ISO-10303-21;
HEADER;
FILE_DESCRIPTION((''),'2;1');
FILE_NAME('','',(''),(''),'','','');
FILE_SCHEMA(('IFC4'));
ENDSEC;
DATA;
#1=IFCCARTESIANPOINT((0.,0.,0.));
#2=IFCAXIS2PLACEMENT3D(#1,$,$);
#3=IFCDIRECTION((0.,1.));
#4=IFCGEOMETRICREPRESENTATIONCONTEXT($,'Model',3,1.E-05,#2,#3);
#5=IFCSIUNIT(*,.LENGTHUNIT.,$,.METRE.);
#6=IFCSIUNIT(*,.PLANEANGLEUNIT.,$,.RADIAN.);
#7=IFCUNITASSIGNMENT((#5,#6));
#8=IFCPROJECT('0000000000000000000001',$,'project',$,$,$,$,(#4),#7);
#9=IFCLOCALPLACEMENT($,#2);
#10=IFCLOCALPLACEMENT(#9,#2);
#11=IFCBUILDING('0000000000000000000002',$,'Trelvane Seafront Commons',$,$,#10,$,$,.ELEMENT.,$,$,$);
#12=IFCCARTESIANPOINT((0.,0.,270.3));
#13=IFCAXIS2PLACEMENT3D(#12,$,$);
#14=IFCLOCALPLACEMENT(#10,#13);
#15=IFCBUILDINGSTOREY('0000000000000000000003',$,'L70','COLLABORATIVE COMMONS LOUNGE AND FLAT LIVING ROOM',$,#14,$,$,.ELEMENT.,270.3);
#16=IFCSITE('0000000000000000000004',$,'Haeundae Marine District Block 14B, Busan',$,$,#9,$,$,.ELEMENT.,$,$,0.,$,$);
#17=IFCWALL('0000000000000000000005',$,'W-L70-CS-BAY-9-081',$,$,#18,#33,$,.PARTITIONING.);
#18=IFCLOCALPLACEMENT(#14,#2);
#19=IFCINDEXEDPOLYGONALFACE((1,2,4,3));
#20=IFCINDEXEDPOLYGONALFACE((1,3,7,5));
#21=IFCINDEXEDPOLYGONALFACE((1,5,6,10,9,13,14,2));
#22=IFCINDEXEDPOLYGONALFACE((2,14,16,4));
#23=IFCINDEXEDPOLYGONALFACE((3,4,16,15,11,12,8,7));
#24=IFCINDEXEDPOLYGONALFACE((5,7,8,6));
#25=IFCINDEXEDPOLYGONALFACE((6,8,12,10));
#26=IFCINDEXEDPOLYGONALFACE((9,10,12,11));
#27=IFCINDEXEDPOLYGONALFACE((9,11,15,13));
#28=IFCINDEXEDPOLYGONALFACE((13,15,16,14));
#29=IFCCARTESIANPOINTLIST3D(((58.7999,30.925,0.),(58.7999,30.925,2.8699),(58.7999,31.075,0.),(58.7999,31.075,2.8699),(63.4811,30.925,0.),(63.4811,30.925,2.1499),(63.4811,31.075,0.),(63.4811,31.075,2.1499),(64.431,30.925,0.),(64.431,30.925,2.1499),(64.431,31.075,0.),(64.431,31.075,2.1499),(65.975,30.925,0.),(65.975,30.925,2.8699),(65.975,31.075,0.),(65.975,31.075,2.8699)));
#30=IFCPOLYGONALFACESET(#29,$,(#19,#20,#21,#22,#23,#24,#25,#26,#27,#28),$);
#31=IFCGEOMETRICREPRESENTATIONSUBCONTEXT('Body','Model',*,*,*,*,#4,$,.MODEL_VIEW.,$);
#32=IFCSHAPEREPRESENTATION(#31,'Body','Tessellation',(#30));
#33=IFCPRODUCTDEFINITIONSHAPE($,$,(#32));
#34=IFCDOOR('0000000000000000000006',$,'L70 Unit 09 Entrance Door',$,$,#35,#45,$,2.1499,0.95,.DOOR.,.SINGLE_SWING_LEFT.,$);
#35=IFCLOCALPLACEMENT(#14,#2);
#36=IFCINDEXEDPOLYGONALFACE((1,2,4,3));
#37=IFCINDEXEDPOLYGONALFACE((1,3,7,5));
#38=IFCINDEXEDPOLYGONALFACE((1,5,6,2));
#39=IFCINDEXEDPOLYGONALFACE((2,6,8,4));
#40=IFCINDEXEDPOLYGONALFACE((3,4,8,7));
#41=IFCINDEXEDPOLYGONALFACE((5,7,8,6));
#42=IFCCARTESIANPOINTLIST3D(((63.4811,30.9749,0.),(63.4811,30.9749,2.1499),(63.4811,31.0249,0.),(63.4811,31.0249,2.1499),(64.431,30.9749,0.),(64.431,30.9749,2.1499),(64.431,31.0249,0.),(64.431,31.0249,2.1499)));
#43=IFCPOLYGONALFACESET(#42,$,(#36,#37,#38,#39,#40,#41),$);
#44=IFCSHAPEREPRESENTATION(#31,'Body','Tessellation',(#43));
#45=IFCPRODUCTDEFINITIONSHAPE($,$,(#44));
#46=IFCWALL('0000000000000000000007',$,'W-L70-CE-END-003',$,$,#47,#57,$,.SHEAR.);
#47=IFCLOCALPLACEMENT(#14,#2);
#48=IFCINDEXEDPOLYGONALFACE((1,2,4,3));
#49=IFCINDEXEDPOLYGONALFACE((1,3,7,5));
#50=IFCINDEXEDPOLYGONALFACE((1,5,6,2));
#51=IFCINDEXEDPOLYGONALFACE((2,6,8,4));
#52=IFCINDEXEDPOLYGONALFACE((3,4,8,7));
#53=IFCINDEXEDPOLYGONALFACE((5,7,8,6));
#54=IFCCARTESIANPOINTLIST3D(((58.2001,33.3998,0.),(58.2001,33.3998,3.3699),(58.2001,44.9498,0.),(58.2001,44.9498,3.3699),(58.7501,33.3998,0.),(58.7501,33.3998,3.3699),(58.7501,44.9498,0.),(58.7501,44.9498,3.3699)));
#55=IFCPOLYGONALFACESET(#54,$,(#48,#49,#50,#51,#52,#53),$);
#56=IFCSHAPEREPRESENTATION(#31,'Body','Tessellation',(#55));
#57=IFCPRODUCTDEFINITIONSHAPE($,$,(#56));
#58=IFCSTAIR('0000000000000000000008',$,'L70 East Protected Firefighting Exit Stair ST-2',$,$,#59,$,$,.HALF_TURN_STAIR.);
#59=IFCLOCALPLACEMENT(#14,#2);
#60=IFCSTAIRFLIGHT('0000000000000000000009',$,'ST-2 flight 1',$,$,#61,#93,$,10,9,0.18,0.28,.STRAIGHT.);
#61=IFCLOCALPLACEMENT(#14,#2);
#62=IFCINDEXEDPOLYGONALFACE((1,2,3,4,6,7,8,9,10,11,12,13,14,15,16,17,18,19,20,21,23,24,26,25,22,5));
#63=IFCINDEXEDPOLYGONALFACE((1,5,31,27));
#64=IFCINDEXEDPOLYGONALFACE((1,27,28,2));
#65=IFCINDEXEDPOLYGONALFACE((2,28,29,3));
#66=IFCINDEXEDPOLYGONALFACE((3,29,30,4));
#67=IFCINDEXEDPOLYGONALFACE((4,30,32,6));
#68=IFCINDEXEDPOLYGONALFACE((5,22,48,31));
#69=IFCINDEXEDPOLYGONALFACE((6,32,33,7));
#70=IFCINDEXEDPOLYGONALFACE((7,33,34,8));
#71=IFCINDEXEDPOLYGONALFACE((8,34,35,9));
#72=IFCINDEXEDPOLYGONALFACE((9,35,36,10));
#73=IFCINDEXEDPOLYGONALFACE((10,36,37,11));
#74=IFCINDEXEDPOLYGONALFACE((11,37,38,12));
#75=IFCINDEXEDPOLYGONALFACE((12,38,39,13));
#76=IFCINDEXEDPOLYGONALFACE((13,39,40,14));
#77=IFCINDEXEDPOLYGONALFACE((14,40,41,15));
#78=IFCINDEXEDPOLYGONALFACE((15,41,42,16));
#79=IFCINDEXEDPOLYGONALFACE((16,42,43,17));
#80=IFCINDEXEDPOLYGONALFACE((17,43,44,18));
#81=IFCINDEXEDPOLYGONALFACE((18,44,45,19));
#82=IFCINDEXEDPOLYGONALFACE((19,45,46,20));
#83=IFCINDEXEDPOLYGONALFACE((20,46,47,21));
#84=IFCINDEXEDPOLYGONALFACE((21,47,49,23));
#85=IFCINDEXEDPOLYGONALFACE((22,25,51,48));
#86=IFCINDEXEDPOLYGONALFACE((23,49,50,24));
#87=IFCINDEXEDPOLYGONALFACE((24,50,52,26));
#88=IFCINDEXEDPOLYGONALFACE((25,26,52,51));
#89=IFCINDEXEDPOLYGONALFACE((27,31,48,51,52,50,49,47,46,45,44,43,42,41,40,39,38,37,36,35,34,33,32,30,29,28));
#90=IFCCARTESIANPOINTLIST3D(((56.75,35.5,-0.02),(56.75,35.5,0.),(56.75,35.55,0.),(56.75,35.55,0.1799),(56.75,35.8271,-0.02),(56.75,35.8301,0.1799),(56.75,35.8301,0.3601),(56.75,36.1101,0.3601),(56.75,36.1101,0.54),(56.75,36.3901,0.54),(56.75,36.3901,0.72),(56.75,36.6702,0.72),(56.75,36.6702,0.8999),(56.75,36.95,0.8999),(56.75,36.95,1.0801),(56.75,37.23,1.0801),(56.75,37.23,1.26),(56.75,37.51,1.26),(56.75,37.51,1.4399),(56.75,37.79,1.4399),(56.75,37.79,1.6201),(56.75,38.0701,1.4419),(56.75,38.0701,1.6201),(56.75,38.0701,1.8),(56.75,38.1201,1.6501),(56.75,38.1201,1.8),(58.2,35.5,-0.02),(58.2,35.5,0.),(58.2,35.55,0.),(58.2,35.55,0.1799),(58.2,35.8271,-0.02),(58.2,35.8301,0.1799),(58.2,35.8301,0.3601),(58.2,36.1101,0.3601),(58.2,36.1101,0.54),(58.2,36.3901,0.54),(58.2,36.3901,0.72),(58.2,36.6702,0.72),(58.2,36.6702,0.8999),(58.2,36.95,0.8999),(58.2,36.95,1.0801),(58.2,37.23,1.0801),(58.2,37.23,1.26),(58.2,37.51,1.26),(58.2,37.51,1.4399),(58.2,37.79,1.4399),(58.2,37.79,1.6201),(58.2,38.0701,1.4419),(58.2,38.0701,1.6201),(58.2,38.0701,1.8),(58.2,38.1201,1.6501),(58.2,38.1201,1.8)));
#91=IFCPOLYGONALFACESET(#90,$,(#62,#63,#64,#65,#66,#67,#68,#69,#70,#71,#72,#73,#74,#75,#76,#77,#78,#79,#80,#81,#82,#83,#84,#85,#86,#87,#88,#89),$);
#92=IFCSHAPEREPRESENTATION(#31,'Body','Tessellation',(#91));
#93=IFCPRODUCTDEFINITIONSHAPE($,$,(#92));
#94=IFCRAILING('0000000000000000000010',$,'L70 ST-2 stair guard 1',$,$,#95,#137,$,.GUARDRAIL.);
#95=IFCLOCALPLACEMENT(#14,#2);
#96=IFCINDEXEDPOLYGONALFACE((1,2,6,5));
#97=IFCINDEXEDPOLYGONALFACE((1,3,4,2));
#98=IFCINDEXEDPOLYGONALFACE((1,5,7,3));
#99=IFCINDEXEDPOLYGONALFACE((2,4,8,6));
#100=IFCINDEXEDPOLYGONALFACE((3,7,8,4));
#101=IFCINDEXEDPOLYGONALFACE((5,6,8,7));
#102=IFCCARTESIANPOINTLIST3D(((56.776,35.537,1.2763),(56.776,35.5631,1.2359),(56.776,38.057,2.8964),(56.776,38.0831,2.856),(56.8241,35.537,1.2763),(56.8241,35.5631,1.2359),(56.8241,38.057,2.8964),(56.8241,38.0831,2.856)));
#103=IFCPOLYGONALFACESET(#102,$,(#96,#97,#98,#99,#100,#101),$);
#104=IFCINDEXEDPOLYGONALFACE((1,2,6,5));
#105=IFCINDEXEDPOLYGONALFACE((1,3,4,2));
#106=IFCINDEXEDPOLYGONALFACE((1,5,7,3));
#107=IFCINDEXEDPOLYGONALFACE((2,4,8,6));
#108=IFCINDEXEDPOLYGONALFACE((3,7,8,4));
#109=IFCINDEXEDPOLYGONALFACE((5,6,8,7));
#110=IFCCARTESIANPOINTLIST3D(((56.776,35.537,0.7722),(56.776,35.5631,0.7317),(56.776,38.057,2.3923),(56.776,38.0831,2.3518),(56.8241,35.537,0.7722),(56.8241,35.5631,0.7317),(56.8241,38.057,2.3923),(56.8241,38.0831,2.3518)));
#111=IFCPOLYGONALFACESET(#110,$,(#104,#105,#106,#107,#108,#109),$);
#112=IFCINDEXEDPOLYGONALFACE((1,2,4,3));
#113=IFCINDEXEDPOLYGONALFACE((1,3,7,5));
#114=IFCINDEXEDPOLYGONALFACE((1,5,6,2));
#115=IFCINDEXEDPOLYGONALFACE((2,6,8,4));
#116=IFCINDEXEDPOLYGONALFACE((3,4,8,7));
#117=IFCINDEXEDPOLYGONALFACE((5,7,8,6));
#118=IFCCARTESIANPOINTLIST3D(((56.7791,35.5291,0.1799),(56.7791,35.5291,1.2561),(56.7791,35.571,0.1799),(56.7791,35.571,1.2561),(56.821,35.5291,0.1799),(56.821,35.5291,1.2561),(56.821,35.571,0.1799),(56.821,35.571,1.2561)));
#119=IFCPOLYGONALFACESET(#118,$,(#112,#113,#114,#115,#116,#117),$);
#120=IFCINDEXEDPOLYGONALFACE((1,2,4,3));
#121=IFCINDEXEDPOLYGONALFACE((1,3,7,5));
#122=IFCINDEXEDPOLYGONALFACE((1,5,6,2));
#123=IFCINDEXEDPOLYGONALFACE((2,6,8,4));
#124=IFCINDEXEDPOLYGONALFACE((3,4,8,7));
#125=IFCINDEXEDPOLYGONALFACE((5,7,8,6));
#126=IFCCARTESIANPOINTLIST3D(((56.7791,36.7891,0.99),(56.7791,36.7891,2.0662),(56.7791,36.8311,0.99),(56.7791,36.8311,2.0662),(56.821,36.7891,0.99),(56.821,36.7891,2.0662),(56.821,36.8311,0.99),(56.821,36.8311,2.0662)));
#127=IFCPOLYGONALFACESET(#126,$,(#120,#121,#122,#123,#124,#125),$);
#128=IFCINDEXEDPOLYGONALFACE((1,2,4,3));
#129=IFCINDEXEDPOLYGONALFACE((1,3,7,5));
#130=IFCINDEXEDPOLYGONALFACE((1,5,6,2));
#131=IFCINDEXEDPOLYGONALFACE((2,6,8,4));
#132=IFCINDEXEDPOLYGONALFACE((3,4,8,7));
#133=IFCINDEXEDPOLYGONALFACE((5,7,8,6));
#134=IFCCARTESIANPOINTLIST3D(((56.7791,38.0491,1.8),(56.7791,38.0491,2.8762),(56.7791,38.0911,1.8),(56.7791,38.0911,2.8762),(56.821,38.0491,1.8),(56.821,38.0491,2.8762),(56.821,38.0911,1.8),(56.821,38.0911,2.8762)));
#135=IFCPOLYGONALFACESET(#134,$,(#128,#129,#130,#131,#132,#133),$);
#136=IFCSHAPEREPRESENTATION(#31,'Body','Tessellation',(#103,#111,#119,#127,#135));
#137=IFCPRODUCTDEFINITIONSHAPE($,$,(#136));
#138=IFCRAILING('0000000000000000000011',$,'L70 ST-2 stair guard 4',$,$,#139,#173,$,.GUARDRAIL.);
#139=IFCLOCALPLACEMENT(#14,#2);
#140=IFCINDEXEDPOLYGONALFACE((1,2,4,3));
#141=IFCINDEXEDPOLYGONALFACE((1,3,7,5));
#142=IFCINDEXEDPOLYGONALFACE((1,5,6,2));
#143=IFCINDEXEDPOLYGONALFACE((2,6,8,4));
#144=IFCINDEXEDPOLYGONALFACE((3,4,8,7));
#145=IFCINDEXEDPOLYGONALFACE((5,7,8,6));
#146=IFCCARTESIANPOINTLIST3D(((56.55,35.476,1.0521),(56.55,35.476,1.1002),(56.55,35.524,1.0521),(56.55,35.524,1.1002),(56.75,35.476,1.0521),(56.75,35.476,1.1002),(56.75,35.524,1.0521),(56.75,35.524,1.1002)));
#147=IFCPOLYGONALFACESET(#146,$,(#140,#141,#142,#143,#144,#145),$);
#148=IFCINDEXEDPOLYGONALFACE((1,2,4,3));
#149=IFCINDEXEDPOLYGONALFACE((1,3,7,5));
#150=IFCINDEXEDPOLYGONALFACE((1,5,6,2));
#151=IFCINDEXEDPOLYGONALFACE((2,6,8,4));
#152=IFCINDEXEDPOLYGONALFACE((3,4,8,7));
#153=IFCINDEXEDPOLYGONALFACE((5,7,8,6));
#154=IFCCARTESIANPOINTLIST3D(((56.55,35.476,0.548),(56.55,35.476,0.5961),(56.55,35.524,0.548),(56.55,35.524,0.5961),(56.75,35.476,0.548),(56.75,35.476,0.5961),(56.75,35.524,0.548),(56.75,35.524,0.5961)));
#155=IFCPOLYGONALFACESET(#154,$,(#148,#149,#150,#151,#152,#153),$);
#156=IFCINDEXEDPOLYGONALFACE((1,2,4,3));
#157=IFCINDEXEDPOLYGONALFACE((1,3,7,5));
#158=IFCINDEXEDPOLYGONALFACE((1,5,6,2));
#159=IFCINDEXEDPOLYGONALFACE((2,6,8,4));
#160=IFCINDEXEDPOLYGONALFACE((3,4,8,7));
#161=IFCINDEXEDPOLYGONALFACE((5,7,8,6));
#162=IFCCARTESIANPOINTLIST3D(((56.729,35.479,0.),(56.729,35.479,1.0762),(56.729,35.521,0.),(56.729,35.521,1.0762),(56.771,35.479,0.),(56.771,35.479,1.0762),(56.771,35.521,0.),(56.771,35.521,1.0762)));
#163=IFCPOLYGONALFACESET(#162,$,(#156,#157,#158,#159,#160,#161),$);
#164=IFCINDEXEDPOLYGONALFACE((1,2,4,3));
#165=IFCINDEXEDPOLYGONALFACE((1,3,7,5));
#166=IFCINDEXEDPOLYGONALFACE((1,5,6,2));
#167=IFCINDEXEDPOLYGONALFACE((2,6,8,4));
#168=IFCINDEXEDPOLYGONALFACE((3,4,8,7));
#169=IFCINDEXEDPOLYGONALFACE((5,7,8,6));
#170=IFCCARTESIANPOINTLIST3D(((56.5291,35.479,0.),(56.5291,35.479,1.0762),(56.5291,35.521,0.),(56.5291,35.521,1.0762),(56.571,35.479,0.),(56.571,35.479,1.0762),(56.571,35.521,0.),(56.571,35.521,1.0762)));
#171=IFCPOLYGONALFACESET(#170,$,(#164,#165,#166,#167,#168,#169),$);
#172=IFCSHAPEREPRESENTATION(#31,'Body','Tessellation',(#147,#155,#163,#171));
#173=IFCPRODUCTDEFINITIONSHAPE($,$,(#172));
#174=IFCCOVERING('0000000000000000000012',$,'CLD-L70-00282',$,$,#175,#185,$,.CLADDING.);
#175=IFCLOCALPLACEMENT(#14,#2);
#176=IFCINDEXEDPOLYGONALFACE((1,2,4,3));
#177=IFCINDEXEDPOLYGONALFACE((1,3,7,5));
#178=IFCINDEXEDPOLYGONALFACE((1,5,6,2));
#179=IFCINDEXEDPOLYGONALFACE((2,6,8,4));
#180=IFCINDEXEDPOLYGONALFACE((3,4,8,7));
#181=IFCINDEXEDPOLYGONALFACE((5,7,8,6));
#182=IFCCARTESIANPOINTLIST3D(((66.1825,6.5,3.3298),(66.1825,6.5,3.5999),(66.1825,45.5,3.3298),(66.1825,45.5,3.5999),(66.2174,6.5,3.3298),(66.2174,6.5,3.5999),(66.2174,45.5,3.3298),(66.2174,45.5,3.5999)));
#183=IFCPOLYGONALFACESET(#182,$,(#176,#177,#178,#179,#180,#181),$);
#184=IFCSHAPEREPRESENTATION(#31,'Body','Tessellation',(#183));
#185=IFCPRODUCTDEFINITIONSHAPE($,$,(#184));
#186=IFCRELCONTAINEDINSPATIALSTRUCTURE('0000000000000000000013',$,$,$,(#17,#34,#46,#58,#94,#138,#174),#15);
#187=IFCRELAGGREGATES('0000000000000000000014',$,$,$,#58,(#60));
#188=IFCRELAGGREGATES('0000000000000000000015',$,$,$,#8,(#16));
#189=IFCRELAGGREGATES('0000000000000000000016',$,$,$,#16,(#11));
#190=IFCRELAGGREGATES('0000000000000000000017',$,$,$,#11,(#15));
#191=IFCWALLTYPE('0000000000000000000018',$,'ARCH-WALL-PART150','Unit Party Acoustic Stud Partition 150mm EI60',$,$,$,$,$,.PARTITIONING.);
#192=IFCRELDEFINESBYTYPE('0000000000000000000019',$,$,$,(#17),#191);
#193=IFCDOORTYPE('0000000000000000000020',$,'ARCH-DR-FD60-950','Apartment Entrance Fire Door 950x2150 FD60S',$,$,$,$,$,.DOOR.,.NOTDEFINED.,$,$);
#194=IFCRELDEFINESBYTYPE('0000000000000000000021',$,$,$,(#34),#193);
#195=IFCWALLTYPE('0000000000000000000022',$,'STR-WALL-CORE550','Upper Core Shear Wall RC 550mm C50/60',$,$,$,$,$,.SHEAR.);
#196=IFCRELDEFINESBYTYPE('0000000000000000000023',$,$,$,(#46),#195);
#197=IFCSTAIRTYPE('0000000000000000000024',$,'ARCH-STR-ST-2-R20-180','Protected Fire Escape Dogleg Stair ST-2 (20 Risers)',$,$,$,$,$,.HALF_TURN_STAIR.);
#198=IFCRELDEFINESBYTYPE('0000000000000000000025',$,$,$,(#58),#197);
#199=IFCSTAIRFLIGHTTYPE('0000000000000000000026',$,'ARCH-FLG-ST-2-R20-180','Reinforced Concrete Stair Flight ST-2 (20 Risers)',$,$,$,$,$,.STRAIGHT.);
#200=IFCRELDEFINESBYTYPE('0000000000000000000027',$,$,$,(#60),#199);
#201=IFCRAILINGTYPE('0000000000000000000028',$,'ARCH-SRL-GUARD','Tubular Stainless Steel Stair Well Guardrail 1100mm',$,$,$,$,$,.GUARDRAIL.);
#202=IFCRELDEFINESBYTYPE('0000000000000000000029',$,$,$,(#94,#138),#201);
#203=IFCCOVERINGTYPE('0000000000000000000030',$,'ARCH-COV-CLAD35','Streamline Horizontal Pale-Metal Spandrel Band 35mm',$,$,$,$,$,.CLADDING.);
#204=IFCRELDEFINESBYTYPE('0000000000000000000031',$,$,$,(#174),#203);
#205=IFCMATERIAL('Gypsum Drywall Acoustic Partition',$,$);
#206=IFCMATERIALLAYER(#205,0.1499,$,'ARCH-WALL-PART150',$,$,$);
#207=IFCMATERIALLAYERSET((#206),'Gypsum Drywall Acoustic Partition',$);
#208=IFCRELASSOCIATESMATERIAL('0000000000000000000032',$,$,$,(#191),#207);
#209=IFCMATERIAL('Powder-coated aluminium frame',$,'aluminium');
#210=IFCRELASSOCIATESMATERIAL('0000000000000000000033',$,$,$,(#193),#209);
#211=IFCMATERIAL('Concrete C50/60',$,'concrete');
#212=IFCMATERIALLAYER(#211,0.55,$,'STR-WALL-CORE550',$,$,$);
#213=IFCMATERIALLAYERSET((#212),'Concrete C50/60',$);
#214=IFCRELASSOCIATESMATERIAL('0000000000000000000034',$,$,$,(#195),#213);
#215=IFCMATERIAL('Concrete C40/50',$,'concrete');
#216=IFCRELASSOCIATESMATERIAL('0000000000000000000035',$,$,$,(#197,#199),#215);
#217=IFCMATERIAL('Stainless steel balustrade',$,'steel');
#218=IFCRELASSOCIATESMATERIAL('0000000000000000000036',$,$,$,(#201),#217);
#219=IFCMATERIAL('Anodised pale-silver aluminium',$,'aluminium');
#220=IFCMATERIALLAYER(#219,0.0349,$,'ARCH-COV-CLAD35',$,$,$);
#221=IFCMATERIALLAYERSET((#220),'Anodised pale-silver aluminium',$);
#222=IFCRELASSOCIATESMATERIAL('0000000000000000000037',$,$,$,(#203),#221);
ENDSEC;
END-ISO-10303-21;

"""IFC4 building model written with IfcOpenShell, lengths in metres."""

from ifc_helpers import new_model, si_unit, direction, frame, frame_2d, origin, origin_2d, place, context, subcontext, project, spatial, polyline, rectangle, outline, extrude, source, transform, mapped, material, layer, layer_set, type_object, element, fill, aggregate, save


model = new_model("IFC4")

# Units and contexts
model_context = context("Model", 3, precision=1e-05, world=origin(), true_north=direction((0.0, 1.0)))
body_context = subcontext(model_context, "Body", "Model", "MODEL_VIEW")
ifc_project = project(units=[si_unit("LENGTHUNIT", "METRE"), si_unit("PLANEANGLEUNIT", "RADIAN")], contexts=[model_context])

# Site, building, storey
site_placement = place(None, origin())
site = spatial("IfcSite", under=ifc_project, at=site_placement, Name="Haeundae Marine District Block 14B, Busan", CompositionType="ELEMENT", RefElevation=0.0)
building_placement = place(site_placement, origin())
building = spatial("IfcBuilding", under=site, at=building_placement, Name="Trelvane Seafront Commons", CompositionType="ELEMENT")
storey_placement = place(building_placement, frame((0.0, 0.0, 270.3)))
storey = spatial("IfcBuildingStorey", under=building, at=storey_placement, Name="L70", Description="COLLABORATIVE COMMONS LOUNGE AND FLAT LIVING ROOM", CompositionType="ELEMENT", Elevation=270.3)

# Shared definitions
ifc_material_1 = material(Name="Concrete C50/60", Category="concrete")

# Shared definitions
ifc_material_2 = material(Name="Anodised pale-silver aluminium", Category="aluminium")

# Shared definitions
ifc_material_3 = material(Name="Gypsum Drywall Acoustic Partition")
shared_shape_1 = source(origin(), body_context, "Body", "SweptSolid", [
    extrude(rectangle(XDim=0.95, YDim=2.1499, at=frame_2d((0.4751, 1.075))), frame((0.0, 0.0249, 0.0), z_axis=(0.0, -1.0, 0.0), x_axis=(1.0, 0.0, 0.0)), (0.0, 0.0, 1.0), 0.05),
])

# Wall, opening, door
ifc_layer_1 = layer(ifc_material_3, 0.1499, Name="ARCH-WALL-PART150")
ifc_layer_set_1 = layer_set([ifc_layer_1], Name="Gypsum Drywall Acoustic Partition")
wall_type_1 = type_object("IfcWallType", Name="ARCH-WALL-PART150", Description="Unit Party Acoustic Stud Partition 150mm EI60", PredefinedType="PARTITIONING", material=ifc_layer_set_1)
ifc_material_4 = material(Name="Powder-coated aluminium frame", Category="aluminium")
door_type_1 = type_object("IfcDoorType", Name="ARCH-DR-FD60-950", Description="Apartment Entrance Fire Door 950x2150 FD60S", OperationType="NOTDEFINED", PredefinedType="DOOR", material=ifc_material_4)
wall_1_placement = place(storey_placement, frame((58.8, 31.0, 0.0), z_axis=(0.0, 0.0, 1.0), x_axis=(1.0, 0.0, 0.0)))
wall_1 = element("IfcWall", 1, at=wall_1_placement, inside=storey, type_object=wall_type_1, Name="W-L70-CS-BAY-9-081", PredefinedType="PARTITIONING", context=body_context, shape_type="SweptSolid", body=[
    extrude(rectangle(XDim=7.175, YDim=0.1499, at=frame_2d((3.5874, 0.0))), origin(), (0.0, 0.0, 1.0), 2.8699),
])
opening_1_placement = place(wall_1_placement, frame((4.6809, 0.0, 0.0)))
opening_1 = element("IfcOpeningElement", 2, at=opening_1_placement, cuts=wall_1, PredefinedType="OPENING", context=body_context, shape_type="SweptSolid", body=[
    extrude(rectangle(XDim=0.95, YDim=2.1499, at=frame_2d((0.4751, 1.075))), frame((0.0, 0.085, 0.0), z_axis=(0.0, -1.0, 0.0), x_axis=(1.0, 0.0, 0.0)), (0.0, 0.0, 1.0), 0.1699),
])
door_1_placement = place(opening_1_placement, origin())
door_1 = element("IfcDoor", 3, at=door_1_placement, inside=storey, type_object=door_type_1, Name="L70 Unit 09 Entrance Door", OperationType="SINGLE_SWING_LEFT", OverallHeight=2.1499, OverallWidth=0.95, PredefinedType="DOOR", context=body_context, shape_type="MappedRepresentation", body=[
    mapped(shared_shape_1, transform((0.0, 0.0, 0.0), x_axis=(1.0, 0.0, 0.0), y_axis=(0.0, 1.0, 0.0), z_axis=(0.0, 0.0, 1.0), scale=1.0)),
])
fill(opening_1, door_1)

# Wall
ifc_layer_2 = layer(ifc_material_1, 0.55, Name="STR-WALL-CORE550")
ifc_layer_set_2 = layer_set([ifc_layer_2], Name="Concrete C50/60")
wall_type_2 = type_object("IfcWallType", Name="STR-WALL-CORE550", Description="Upper Core Shear Wall RC 550mm C50/60", PredefinedType="SHEAR", material=ifc_layer_set_2)
wall_2_placement = place(storey_placement, frame((58.4751, 33.3999, 0.0), z_axis=(0.0, 0.0, 1.0), x_axis=(0.0, 1.0, 0.0)))
element("IfcWall", 4, at=wall_2_placement, inside=storey, type_object=wall_type_2, Name="W-L70-CE-END-003", PredefinedType="SHEAR", context=body_context, shape_type="SweptSolid", body=[
    extrude(rectangle(XDim=11.55, YDim=0.55, at=frame_2d((5.7749, 0.0))), origin(), (0.0, 0.0, 1.0), 3.3699),
])

# Stair, stair flight
ifc_material_5 = material(Name="Concrete C40/50", Category="concrete")
stair_type = type_object("IfcStairType", Name="ARCH-STR-ST-2-R20-180", Description="Protected Fire Escape Dogleg Stair ST-2 (20 Risers)", PredefinedType="HALF_TURN_STAIR", material=ifc_material_5)
stair_placement = place(storey_placement, origin())
stair = element("IfcStair", 5, at=stair_placement, inside=storey, type_object=stair_type, Name="L70 East Protected Firefighting Exit Stair ST-2", PredefinedType="HALF_TURN_STAIR")
stair_flight_type = type_object("IfcStairFlightType", Name="ARCH-FLG-ST-2-R20-180", Description="Reinforced Concrete Stair Flight ST-2 (20 Risers)", PredefinedType="STRAIGHT", material=ifc_material_5)
shared_shape_2 = source(origin(), body_context, "Body", "SweptSolid", [
    extrude(outline(polyline([(-0.05, -0.02), (-0.05, 0.0), (0.0, 0.0), (0.0, 0.1799), (0.28, 0.1799), (0.28, 0.3601), (0.5601, 0.3601), (0.5601, 0.54), (0.8401, 0.54), (0.8401, 0.72), (1.1201, 0.72), (1.1201, 0.8999), (1.3999, 0.8999), (1.3999, 1.0801), (1.6799, 1.0801), (1.6799, 1.26), (1.96, 1.26), (1.96, 1.4399), (2.24, 1.4399), (2.24, 1.6201), (2.52, 1.6201), (2.52, 1.8), (2.5701, 1.8), (2.5701, 1.6501), (2.52, 1.4419), (0.2771, -0.02), (-0.05, -0.02)])), frame((0.0, 0.7251, 0.0), z_axis=(0.0, -1.0, 0.0), x_axis=(1.0, 0.0, 0.0)), (0.0, 0.0, 1.0), 1.45),
])
stair_flight_placement = place(storey_placement, frame((57.4751, 35.55, 0.0), z_axis=(0.0, 0.0, 1.0), x_axis=(0.0, 1.0, 0.0)))
stair_flight = element("IfcStairFlight", 6, at=stair_flight_placement, type_object=stair_flight_type, Name="ST-2 flight 1", NumberOfRisers=10, NumberOfTreads=9, PredefinedType="STRAIGHT", RiserHeight=0.18, TreadLength=0.28, context=body_context, shape_type="MappedRepresentation", body=[
    mapped(shared_shape_2, transform((0.0, 0.0, 0.0), x_axis=(1.0, 0.0, 0.0), y_axis=(0.0, 1.0, 0.0), z_axis=(0.0, 0.0, 1.0), scale=1.0)),
])
aggregate(stair, [stair_flight])

# Railings
ifc_material_6 = material(Name="Stainless steel balustrade", Category="steel")
railing_type = type_object("IfcRailingType", Name="ARCH-SRL-GUARD", Description="Tubular Stainless Steel Stair Well Guardrail 1100mm", PredefinedType="GUARDRAIL", material=ifc_material_6)
railing_1_placement = place(storey_placement, frame((56.8, 35.55, 0.1799)))
element("IfcRailing", 7, at=railing_1_placement, inside=storey, type_object=railing_type, Name="L70 ST-2 stair guard 1", PredefinedType="GUARDRAIL", context=body_context, shape_type="SweptSolid", body=[
    extrude(rectangle(XDim=0.0481, YDim=0.0481, at=origin_2d()), frame((0.0, 0.0, 1.0762), z_axis=(0.0, 0.841163, 0.540782), x_axis=(-1.0, 0.0, 0.0)), (0.0, 0.0, 1.0), 2.9958),
    extrude(rectangle(XDim=0.0481, YDim=0.0481, at=origin_2d()), frame((0.0, 0.0, 0.572), z_axis=(0.0, 0.841163, 0.540782), x_axis=(-1.0, 0.0, 0.0)), (0.0, 0.0, 1.0), 2.9958),
    extrude(rectangle(XDim=0.042, YDim=0.042, at=origin_2d()), origin(), (0.0, 0.0, 1.0), 1.0762),
    extrude(rectangle(XDim=0.042, YDim=0.042, at=origin_2d()), frame((0.0, 1.26, 0.8101)), (0.0, 0.0, 1.0), 1.0762),
    extrude(rectangle(XDim=0.042, YDim=0.042, at=origin_2d()), frame((0.0, 2.52, 1.6201)), (0.0, 0.0, 1.0), 1.0762),
])
railing_2_placement = place(storey_placement, frame((56.75, 35.5, 0.0)))
element("IfcRailing", 8, at=railing_2_placement, inside=storey, type_object=railing_type, Name="L70 ST-2 stair guard 4", PredefinedType="GUARDRAIL", context=body_context, shape_type="SweptSolid", body=[
    extrude(rectangle(XDim=0.0481, YDim=0.0481, at=origin_2d()), frame((0.0, 0.0, 1.0762), z_axis=(-1.0, 0.0, 0.0), x_axis=(0.0, -1.0, 0.0)), (0.0, 0.0, 1.0), 0.2),
    extrude(rectangle(XDim=0.0481, YDim=0.0481, at=origin_2d()), frame((0.0, 0.0, 0.572), z_axis=(-1.0, 0.0, 0.0), x_axis=(0.0, -1.0, 0.0)), (0.0, 0.0, 1.0), 0.2),
    extrude(rectangle(XDim=0.042, YDim=0.042, at=origin_2d()), origin(), (0.0, 0.0, 1.0), 1.0762),
    extrude(rectangle(XDim=0.042, YDim=0.042, at=origin_2d()), frame((-0.2, 0.0, 0.0)), (0.0, 0.0, 1.0), 1.0762),
])

# Covering
ifc_layer_3 = layer(ifc_material_2, 0.0349, Name="ARCH-COV-CLAD35")
ifc_layer_set_3 = layer_set([ifc_layer_3], Name="Anodised pale-silver aluminium")
covering_type = type_object("IfcCoveringType", Name="ARCH-COV-CLAD35", Description="Streamline Horizontal Pale-Metal Spandrel Band 35mm", PredefinedType="CLADDING", material=ifc_layer_set_3)
shared_shape_3 = source(origin(), body_context, "Body", "SweptSolid", [
    extrude(rectangle(XDim=39.0, YDim=0.0349, at=origin_2d()), origin(), (0.0, 0.0, 1.0), 0.27),
])
covering_placement = place(storey_placement, frame((66.2, 26.0, 3.3298), z_axis=(0.0, 0.0, 1.0), x_axis=(0.0, -1.0, 0.0)))
element("IfcCovering", 9, at=covering_placement, inside=storey, type_object=covering_type, Name="CLD-L70-00282", PredefinedType="CLADDING", context=body_context, shape_type="MappedRepresentation", body=[
    mapped(shared_shape_3, transform((0.0, 0.0, 0.0), x_axis=(1.0, 0.0, 0.0), y_axis=(0.0, 1.0, 0.0), z_axis=(0.0, 0.0, 1.0), scale=1.0)),
])

save(model, "model.ifc")
